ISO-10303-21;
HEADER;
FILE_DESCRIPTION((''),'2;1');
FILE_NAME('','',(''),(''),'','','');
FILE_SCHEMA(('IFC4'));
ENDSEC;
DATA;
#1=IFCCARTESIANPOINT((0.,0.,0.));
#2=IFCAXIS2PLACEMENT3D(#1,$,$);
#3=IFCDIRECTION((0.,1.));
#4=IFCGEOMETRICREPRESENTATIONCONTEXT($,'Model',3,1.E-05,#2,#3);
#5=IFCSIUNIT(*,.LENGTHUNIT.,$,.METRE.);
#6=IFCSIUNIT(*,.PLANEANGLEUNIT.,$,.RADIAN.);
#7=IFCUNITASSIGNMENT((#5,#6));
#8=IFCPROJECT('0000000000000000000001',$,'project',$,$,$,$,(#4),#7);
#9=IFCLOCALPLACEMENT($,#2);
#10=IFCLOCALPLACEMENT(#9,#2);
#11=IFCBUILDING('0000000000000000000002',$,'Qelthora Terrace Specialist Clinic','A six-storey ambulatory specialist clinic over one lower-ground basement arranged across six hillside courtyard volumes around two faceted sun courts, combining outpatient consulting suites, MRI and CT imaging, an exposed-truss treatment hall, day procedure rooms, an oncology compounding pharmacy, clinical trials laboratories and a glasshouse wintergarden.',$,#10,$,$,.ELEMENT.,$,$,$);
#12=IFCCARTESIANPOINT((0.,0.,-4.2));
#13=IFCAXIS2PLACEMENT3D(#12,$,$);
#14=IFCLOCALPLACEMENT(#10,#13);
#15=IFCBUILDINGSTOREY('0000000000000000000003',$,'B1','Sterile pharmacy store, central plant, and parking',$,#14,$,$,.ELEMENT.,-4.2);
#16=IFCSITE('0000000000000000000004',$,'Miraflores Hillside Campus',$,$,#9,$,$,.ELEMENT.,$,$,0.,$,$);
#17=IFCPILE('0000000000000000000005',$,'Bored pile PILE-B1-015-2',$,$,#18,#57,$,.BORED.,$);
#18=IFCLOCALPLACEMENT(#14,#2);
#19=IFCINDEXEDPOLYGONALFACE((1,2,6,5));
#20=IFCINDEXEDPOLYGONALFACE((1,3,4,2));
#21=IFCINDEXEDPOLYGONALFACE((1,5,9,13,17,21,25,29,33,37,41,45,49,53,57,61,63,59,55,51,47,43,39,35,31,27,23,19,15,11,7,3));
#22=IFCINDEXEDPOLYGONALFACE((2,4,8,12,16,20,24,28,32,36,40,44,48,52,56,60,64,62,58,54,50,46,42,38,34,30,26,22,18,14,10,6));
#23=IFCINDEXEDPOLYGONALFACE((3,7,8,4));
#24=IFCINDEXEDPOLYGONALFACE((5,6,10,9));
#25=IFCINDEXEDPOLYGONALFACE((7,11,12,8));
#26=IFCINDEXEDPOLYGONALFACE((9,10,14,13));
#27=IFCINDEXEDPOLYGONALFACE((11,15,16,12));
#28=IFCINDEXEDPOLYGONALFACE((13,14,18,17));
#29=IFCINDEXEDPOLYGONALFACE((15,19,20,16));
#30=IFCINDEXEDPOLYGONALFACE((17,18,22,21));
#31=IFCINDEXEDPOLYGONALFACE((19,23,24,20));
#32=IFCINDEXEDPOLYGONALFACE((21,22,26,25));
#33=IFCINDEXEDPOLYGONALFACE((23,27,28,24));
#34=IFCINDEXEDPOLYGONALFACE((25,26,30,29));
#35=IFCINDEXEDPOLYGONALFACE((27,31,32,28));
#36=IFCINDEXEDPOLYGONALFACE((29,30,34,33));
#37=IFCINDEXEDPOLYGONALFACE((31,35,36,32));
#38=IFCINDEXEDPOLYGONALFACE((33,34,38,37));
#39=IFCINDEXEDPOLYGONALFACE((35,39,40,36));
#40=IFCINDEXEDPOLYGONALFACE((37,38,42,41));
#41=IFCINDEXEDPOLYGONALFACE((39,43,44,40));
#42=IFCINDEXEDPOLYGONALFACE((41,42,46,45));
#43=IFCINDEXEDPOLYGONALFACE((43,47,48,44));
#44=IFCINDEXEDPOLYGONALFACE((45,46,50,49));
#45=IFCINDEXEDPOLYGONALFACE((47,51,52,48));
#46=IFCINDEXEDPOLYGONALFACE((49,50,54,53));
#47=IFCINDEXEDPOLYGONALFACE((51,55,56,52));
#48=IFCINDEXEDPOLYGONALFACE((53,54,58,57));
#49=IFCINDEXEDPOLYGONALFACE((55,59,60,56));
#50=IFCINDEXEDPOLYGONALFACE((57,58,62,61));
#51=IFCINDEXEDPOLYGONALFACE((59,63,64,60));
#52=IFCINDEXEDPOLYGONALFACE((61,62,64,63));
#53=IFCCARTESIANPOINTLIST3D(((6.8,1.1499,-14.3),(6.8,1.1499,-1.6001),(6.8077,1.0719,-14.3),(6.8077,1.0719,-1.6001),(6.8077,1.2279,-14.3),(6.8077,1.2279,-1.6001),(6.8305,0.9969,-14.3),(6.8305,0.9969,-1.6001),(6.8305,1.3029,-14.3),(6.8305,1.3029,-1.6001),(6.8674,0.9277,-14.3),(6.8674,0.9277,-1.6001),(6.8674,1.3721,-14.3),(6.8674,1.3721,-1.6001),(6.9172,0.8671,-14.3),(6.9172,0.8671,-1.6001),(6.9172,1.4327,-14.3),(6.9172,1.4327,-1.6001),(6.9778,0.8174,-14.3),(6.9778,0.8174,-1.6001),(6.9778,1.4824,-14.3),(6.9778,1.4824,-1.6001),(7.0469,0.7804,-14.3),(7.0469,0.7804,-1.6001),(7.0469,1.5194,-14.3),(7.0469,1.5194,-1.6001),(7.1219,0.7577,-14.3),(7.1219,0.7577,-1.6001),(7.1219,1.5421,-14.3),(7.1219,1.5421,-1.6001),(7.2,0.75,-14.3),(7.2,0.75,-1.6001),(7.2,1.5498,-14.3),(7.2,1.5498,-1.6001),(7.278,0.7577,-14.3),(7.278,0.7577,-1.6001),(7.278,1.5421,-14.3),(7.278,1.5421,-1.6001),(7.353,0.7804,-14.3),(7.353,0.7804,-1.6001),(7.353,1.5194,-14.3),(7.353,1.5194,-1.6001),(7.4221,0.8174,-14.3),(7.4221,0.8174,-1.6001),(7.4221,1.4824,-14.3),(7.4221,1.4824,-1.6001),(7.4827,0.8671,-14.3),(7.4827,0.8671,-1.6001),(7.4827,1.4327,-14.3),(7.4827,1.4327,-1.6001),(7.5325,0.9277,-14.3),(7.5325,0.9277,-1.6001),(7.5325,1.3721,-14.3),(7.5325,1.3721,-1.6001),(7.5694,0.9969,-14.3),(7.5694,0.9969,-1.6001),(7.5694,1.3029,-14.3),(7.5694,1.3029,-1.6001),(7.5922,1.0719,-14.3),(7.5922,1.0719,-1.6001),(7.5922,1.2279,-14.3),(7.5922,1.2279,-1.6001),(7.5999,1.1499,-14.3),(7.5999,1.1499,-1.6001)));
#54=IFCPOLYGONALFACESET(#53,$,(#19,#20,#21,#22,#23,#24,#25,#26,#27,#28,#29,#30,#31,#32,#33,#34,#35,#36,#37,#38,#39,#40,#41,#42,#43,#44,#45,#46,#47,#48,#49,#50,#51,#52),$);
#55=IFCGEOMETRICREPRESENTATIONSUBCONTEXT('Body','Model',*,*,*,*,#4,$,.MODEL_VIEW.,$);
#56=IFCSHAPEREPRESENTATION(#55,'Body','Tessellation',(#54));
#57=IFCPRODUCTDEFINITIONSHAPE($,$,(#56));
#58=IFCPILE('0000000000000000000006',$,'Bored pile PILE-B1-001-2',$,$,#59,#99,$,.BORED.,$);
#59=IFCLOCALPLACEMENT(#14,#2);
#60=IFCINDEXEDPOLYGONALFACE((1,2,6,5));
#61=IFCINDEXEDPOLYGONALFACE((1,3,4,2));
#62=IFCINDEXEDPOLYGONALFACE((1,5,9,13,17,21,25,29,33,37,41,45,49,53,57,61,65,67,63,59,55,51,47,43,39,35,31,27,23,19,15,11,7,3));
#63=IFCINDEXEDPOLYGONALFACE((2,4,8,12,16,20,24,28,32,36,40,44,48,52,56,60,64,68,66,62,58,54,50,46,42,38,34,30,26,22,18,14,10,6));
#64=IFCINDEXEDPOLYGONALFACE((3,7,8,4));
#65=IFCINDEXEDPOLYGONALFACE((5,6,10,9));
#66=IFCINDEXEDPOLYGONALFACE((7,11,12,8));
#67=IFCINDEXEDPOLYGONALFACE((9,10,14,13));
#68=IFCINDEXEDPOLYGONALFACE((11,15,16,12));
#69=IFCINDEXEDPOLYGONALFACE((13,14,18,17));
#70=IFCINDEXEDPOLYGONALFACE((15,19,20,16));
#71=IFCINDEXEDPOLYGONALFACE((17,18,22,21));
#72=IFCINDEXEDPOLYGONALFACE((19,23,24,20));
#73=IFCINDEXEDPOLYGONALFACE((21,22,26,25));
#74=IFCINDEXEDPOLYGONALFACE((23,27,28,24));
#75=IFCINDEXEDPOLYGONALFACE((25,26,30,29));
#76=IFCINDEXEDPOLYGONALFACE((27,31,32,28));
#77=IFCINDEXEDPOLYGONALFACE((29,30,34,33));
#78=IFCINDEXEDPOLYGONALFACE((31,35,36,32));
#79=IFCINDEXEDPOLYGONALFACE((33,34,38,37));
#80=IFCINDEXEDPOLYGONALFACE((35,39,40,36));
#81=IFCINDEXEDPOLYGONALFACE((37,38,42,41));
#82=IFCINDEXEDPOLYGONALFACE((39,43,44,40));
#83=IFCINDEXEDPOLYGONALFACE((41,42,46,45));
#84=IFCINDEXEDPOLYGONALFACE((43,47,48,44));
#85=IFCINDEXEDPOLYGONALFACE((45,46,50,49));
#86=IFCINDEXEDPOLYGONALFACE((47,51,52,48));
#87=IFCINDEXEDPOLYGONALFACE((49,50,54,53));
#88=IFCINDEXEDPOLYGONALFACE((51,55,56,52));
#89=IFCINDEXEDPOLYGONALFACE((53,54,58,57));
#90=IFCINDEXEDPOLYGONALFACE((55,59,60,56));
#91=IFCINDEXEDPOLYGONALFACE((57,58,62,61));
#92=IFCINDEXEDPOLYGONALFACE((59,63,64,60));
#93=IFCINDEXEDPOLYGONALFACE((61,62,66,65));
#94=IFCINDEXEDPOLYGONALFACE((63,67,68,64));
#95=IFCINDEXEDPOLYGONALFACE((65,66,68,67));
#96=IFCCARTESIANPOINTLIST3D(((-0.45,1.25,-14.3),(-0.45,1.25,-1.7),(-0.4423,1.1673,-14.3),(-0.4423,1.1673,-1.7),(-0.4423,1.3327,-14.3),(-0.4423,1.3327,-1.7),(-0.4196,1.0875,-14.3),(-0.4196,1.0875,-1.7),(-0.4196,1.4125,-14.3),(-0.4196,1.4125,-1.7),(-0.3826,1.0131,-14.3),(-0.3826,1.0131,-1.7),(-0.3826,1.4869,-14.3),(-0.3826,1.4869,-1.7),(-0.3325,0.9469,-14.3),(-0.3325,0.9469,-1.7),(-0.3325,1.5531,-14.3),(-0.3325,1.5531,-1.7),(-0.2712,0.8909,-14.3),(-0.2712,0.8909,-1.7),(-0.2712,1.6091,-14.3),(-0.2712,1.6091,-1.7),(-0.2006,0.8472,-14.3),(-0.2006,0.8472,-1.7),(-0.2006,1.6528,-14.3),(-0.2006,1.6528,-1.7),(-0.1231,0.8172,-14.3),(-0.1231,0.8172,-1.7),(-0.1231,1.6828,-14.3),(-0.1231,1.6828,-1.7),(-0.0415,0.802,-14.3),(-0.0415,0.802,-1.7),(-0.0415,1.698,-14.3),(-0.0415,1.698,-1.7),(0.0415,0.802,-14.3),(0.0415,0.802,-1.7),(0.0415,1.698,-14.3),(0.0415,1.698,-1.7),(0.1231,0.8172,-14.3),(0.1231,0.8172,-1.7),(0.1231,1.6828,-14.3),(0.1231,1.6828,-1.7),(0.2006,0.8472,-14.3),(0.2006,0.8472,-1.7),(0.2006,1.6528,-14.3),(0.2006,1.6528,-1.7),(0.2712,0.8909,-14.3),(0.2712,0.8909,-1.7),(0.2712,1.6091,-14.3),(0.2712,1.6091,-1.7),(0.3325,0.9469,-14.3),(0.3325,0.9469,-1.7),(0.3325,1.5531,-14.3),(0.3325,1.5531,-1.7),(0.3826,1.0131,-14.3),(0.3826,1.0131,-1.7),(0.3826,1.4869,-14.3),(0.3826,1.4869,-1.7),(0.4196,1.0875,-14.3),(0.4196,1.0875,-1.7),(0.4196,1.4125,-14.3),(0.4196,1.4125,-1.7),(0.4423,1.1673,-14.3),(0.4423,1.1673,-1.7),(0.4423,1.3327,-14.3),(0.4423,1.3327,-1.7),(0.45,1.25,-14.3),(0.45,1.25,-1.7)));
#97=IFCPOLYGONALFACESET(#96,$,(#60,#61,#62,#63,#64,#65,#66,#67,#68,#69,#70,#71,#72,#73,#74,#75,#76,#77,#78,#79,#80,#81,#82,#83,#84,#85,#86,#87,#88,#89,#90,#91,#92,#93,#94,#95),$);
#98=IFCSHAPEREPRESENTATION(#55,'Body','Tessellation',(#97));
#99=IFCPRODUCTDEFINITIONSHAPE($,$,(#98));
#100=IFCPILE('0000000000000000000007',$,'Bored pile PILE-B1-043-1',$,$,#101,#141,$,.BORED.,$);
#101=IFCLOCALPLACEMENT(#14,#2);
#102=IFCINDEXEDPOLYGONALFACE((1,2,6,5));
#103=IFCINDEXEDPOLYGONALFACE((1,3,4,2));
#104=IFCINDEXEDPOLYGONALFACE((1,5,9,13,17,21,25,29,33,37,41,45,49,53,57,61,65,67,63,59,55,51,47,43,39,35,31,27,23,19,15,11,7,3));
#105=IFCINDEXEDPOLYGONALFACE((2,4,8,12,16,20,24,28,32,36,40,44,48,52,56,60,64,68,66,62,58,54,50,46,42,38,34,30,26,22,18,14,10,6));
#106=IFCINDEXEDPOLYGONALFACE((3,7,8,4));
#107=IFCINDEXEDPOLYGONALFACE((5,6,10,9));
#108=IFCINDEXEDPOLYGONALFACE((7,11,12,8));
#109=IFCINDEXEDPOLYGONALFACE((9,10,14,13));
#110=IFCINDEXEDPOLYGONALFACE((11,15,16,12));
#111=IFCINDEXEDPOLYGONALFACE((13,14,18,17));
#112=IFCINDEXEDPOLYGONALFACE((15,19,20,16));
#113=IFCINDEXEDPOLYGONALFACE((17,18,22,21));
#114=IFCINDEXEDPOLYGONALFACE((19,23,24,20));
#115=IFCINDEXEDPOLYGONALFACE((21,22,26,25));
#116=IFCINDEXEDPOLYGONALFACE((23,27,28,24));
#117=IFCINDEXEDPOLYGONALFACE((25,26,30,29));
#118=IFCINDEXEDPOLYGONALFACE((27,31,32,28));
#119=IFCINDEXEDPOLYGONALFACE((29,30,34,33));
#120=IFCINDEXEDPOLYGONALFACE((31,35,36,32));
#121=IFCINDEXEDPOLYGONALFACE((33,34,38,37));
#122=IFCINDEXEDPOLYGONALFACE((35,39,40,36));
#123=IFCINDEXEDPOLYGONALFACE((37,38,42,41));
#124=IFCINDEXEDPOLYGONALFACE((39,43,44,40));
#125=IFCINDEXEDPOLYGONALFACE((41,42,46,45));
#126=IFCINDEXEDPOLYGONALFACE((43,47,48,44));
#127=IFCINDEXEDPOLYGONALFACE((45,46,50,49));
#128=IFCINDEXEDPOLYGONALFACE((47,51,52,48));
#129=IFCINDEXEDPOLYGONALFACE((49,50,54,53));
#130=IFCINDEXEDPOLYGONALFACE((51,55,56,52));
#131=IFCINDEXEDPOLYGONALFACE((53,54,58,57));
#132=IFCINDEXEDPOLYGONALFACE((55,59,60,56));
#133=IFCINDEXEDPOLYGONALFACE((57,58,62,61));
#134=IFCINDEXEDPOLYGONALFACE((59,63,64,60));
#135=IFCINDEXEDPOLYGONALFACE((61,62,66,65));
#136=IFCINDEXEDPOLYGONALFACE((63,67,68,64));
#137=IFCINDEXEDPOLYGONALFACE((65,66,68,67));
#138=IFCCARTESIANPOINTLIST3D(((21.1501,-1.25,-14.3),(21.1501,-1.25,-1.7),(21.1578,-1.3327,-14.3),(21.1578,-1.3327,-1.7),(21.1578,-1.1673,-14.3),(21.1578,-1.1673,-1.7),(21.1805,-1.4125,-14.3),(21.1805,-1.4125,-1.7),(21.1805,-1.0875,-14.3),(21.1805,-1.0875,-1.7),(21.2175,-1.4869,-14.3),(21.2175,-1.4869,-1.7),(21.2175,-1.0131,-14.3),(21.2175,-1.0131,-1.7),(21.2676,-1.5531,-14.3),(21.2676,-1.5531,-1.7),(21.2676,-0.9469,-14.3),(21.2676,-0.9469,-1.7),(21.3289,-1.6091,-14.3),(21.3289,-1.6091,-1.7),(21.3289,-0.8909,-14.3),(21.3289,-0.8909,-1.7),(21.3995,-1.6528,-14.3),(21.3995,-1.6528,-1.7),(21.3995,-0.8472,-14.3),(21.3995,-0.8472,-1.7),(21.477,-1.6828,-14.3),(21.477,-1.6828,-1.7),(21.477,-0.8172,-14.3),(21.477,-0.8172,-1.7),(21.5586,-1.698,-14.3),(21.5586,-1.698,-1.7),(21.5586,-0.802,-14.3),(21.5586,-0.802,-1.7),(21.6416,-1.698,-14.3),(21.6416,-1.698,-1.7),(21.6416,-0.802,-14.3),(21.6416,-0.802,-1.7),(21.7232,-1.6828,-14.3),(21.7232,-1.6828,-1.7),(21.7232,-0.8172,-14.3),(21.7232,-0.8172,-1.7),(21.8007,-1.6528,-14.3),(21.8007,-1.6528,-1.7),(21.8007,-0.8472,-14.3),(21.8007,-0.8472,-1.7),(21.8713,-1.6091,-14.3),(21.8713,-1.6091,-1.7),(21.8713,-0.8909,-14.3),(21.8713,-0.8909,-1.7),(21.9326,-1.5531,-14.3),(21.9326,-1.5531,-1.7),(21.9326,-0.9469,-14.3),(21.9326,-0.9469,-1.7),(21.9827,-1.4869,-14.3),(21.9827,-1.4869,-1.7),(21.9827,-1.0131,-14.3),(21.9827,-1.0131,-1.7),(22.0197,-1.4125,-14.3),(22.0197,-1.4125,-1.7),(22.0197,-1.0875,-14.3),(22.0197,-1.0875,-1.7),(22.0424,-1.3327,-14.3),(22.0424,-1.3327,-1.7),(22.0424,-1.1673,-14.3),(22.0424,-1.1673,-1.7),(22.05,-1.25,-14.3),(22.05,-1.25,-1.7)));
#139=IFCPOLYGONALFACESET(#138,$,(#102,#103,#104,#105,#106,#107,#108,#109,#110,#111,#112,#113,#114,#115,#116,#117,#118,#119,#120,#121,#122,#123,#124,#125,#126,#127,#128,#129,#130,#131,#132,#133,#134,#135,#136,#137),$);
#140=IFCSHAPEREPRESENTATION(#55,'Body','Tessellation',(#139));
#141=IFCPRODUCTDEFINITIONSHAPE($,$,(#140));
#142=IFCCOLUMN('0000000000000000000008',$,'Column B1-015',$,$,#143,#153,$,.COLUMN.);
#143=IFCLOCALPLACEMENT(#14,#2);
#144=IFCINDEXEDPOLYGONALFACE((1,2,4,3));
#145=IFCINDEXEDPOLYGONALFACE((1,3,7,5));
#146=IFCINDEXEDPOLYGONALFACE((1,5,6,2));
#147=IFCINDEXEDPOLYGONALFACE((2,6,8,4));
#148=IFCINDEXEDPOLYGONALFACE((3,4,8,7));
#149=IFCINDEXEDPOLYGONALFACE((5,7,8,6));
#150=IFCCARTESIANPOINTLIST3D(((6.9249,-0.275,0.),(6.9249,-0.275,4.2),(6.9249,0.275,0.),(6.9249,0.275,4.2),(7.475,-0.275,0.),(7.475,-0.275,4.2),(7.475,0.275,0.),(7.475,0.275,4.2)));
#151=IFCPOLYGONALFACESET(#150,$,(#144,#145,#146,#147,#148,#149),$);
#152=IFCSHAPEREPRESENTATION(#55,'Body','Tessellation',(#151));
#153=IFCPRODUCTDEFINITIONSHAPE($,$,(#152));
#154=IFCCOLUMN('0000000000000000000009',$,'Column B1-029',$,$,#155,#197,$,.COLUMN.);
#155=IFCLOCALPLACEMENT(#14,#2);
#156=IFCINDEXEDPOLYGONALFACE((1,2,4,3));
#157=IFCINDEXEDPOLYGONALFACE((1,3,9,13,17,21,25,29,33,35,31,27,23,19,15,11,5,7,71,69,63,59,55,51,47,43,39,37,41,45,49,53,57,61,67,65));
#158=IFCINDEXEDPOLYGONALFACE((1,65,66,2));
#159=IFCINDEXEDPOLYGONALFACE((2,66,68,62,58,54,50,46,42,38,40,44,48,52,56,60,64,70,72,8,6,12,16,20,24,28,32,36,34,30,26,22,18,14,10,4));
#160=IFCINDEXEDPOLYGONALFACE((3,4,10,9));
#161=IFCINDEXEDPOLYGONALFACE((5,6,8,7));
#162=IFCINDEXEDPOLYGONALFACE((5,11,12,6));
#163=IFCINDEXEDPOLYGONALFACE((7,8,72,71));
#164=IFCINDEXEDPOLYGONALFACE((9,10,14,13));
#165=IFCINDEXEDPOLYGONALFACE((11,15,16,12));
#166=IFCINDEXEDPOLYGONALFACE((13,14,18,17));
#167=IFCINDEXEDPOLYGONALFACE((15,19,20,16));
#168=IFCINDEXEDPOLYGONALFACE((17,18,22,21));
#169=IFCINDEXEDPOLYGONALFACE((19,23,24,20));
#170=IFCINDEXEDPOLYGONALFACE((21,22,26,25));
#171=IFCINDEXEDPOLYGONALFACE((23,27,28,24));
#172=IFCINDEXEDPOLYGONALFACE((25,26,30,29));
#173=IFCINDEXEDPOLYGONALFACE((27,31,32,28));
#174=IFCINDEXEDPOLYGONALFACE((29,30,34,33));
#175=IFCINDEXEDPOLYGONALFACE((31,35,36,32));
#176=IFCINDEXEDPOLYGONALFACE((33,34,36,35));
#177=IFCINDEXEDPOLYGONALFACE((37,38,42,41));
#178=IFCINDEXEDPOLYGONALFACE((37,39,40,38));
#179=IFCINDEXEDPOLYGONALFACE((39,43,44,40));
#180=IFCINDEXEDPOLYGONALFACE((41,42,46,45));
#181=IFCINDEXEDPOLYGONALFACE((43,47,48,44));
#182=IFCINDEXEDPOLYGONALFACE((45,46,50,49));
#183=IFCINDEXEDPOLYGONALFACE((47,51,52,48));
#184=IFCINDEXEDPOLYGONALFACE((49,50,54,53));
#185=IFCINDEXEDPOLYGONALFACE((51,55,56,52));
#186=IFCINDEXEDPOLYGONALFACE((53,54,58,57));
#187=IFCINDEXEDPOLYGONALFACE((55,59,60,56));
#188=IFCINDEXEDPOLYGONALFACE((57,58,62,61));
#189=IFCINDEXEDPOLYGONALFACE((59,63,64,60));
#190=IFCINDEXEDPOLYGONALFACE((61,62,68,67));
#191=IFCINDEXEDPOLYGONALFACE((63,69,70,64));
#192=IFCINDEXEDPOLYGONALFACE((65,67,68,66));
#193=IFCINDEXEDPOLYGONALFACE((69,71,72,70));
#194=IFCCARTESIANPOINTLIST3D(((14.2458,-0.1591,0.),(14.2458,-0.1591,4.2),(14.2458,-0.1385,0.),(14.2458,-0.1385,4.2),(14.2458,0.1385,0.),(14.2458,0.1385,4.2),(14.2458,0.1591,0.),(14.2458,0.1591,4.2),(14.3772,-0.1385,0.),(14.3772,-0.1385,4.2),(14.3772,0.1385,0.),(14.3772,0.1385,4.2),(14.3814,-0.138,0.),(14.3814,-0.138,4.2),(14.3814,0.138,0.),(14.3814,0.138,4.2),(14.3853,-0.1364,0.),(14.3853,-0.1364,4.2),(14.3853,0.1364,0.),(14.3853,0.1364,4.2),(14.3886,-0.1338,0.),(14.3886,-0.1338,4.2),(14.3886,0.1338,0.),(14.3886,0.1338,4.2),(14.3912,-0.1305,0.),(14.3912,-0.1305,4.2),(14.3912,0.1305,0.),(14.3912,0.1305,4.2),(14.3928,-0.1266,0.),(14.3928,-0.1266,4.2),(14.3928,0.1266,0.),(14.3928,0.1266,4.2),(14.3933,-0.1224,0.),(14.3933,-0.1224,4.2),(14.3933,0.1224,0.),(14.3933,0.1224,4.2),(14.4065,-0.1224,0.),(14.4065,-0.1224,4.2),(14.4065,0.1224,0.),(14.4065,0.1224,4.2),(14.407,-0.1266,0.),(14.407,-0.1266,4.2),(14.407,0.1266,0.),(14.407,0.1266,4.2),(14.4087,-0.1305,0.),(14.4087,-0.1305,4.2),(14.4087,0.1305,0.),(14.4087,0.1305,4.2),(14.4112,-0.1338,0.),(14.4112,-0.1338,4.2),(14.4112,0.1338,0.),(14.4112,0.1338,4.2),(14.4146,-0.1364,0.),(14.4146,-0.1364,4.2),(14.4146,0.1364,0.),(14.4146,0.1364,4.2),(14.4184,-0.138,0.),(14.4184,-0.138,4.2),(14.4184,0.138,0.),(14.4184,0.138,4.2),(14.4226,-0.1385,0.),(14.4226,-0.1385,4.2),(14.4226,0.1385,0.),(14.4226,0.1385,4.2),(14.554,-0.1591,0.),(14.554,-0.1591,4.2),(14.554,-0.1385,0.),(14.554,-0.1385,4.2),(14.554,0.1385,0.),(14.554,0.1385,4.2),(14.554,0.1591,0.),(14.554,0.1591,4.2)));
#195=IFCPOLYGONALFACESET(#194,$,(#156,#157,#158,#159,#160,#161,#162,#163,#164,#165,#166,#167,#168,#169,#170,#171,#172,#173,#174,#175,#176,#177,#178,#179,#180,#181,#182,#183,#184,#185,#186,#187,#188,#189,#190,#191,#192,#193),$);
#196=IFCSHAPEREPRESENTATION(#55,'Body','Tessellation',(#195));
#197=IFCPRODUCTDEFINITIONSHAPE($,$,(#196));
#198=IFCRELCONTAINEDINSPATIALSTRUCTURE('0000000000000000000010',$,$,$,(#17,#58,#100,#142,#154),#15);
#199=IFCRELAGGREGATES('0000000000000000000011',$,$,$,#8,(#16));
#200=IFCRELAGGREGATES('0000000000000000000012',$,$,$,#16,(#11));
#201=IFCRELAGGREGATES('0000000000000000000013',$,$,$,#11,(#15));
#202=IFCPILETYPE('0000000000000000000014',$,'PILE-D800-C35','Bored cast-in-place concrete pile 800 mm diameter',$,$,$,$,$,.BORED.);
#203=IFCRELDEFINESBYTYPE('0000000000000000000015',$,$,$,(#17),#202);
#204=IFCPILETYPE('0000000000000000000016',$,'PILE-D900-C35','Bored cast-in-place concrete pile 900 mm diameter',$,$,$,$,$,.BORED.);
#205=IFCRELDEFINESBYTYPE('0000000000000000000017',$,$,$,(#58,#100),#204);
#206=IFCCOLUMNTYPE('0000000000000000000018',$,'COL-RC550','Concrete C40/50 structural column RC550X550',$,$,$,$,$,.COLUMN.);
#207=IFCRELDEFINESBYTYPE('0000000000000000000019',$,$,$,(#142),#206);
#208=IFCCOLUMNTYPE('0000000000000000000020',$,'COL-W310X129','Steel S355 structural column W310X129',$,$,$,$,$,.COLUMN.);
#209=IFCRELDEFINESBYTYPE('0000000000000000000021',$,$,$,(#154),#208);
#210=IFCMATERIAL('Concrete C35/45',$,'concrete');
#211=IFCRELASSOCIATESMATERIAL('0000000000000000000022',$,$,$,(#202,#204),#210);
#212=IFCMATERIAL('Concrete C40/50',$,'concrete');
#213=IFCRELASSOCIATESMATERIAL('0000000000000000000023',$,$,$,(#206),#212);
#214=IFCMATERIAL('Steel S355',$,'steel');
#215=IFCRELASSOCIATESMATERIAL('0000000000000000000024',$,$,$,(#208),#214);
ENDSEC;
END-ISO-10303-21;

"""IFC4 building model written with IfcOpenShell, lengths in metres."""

from ifc_helpers import new_model, si_unit, direction, frame, origin, origin_2d, place, context, subcontext, project, spatial, rectangle, circle, i_section, extrude, material, material_profile, profile_set, type_object, element, save


model = new_model("IFC4")

# Units and contexts
model_context = context("Model", 3, precision=1e-05, world=origin(), true_north=direction((0.0, 1.0)))
body_context = subcontext(model_context, "Body", "Model", "MODEL_VIEW")
ifc_project = project(units=[si_unit("LENGTHUNIT", "METRE"), si_unit("PLANEANGLEUNIT", "RADIAN")], contexts=[model_context])

# Site, building, storey
site_placement = place(None, origin())
site = spatial("IfcSite", under=ifc_project, at=site_placement, Name="Miraflores Hillside Campus", CompositionType="ELEMENT", RefElevation=0.0)
building_placement = place(site_placement, origin())
building = spatial("IfcBuilding", under=site, at=building_placement, Name="Qelthora Terrace Specialist Clinic", Description="A six-storey ambulatory specialist clinic over one lower-ground basement arranged across six hillside courtyard volumes around two faceted sun courts, combining outpatient consulting suites, MRI and CT imaging, an exposed-truss treatment hall, day procedure rooms, an oncology compounding pharmacy, clinical trials laboratories and a glasshouse wintergarden.", CompositionType="ELEMENT")
storey_placement = place(building_placement, frame((0.0, 0.0, -4.2)))
storey = spatial("IfcBuildingStorey", under=building, at=storey_placement, Name="B1", Description="Sterile pharmacy store, central plant, and parking", CompositionType="ELEMENT", Elevation=-4.2)

# Shared definitions
ifc_material_1 = material(Name="Concrete C35/45", Category="concrete")

# Piles
ifc_material_profile_1 = material_profile(ifc_material_1, circle(Radius=0.3999, at=origin_2d()), Name="PILE800")
ifc_profile_set_1 = profile_set([ifc_material_profile_1], Name="Concrete C35/45")
pile_type_1 = type_object("IfcPileType", Name="PILE-D800-C35", Description="Bored cast-in-place concrete pile 800 mm diameter", PredefinedType="BORED", material=ifc_profile_set_1)
for number, where, z_axis, x_axis, name in (
    (1, (7.2, 1.1499, -1.6001), (0.0, 0.0, -1.0), (1.0, 0.0, 0.0), "Bored pile PILE-B1-015-2"),
):
    element("IfcPile", number, at=place(storey_placement, frame(where, z_axis=z_axis, x_axis=x_axis)), inside=storey, type_object=pile_type_1, Name=name, PredefinedType="BORED", context=body_context, shape_type="SweptSolid", body=[
        extrude(circle(Radius=0.3999, at=origin_2d()), origin(), (0.0, 0.0, 1.0), 12.7),
    ])
ifc_material_profile_2 = material_profile(ifc_material_1, circle(Radius=0.45, at=origin_2d()), Name="PILE900")
ifc_profile_set_2 = profile_set([ifc_material_profile_2], Name="Concrete C35/45")
pile_type_2 = type_object("IfcPileType", Name="PILE-D900-C35", Description="Bored cast-in-place concrete pile 900 mm diameter", PredefinedType="BORED", material=ifc_profile_set_2)
for number, where, z_axis, x_axis, name in (
    (2, (0.0, 1.25, -1.7), (0.0, 0.0, -1.0), (1.0, 0.0, 0.0), "Bored pile PILE-B1-001-2"),
    (3, (21.6001, -1.25, -1.7), (0.0, 0.0, -1.0), (1.0, 0.0, 0.0), "Bored pile PILE-B1-043-1"),
):
    element("IfcPile", number, at=place(storey_placement, frame(where, z_axis=z_axis, x_axis=x_axis)), inside=storey, type_object=pile_type_2, Name=name, PredefinedType="BORED", context=body_context, shape_type="SweptSolid", body=[
        extrude(circle(Radius=0.45, at=origin_2d()), origin(), (0.0, 0.0, 1.0), 12.6001),
    ])

# Columns
ifc_material_2 = material(Name="Concrete C40/50", Category="concrete")
ifc_material_profile_3 = material_profile(ifc_material_2, rectangle(XDim=0.55, YDim=0.55, at=origin_2d()), Name="RC550X550")
ifc_profile_set_3 = profile_set([ifc_material_profile_3], Name="Concrete C40/50")
column_type_1 = type_object("IfcColumnType", Name="COL-RC550", Description="Concrete C40/50 structural column RC550X550", PredefinedType="COLUMN", material=ifc_profile_set_3)
column_placement = place(storey_placement, frame((7.2, 0.0, 0.0), z_axis=(0.0, 0.0, 1.0), x_axis=(1.0, 0.0, 0.0)))
element("IfcColumn", 4, at=column_placement, inside=storey, type_object=column_type_1, Name="Column B1-015", PredefinedType="COLUMN", context=body_context, shape_type="SweptSolid", body=[
    extrude(rectangle(XDim=0.55, YDim=0.55, at=origin_2d()), origin(), (0.0, 0.0, 1.0), 4.2),
])
ifc_material_3 = material(Name="Steel S355", Category="steel")
ifc_material_profile_4 = material_profile(ifc_material_3, i_section(OverallWidth=0.3081, OverallDepth=0.3181, WebThickness=0.0132, FlangeThickness=0.0205, FilletRadius=0.0161, at=origin_2d()), Name="W310X129")
ifc_profile_set_4 = profile_set([ifc_material_profile_4], Name="Steel S355")
column_type_2 = type_object("IfcColumnType", Name="COL-W310X129", Description="Steel S355 structural column W310X129", PredefinedType="COLUMN", material=ifc_profile_set_4)
for number, where, z_axis, x_axis, name in (
    (5, (14.3999, 0.0, 0.0), (0.0, 0.0, 1.0), (1.0, 0.0, 0.0), "Column B1-029"),
):
    element("IfcColumn", number, at=place(storey_placement, frame(where, z_axis=z_axis, x_axis=x_axis)), inside=storey, type_object=column_type_2, Name=name, PredefinedType="COLUMN", context=body_context, shape_type="SweptSolid", body=[
        extrude(i_section(OverallWidth=0.3081, OverallDepth=0.3181, WebThickness=0.0132, FlangeThickness=0.0205, FilletRadius=0.0161, at=origin_2d()), origin(), (0.0, 0.0, 1.0), 4.2),
    ])

save(model, "model.ifc")
